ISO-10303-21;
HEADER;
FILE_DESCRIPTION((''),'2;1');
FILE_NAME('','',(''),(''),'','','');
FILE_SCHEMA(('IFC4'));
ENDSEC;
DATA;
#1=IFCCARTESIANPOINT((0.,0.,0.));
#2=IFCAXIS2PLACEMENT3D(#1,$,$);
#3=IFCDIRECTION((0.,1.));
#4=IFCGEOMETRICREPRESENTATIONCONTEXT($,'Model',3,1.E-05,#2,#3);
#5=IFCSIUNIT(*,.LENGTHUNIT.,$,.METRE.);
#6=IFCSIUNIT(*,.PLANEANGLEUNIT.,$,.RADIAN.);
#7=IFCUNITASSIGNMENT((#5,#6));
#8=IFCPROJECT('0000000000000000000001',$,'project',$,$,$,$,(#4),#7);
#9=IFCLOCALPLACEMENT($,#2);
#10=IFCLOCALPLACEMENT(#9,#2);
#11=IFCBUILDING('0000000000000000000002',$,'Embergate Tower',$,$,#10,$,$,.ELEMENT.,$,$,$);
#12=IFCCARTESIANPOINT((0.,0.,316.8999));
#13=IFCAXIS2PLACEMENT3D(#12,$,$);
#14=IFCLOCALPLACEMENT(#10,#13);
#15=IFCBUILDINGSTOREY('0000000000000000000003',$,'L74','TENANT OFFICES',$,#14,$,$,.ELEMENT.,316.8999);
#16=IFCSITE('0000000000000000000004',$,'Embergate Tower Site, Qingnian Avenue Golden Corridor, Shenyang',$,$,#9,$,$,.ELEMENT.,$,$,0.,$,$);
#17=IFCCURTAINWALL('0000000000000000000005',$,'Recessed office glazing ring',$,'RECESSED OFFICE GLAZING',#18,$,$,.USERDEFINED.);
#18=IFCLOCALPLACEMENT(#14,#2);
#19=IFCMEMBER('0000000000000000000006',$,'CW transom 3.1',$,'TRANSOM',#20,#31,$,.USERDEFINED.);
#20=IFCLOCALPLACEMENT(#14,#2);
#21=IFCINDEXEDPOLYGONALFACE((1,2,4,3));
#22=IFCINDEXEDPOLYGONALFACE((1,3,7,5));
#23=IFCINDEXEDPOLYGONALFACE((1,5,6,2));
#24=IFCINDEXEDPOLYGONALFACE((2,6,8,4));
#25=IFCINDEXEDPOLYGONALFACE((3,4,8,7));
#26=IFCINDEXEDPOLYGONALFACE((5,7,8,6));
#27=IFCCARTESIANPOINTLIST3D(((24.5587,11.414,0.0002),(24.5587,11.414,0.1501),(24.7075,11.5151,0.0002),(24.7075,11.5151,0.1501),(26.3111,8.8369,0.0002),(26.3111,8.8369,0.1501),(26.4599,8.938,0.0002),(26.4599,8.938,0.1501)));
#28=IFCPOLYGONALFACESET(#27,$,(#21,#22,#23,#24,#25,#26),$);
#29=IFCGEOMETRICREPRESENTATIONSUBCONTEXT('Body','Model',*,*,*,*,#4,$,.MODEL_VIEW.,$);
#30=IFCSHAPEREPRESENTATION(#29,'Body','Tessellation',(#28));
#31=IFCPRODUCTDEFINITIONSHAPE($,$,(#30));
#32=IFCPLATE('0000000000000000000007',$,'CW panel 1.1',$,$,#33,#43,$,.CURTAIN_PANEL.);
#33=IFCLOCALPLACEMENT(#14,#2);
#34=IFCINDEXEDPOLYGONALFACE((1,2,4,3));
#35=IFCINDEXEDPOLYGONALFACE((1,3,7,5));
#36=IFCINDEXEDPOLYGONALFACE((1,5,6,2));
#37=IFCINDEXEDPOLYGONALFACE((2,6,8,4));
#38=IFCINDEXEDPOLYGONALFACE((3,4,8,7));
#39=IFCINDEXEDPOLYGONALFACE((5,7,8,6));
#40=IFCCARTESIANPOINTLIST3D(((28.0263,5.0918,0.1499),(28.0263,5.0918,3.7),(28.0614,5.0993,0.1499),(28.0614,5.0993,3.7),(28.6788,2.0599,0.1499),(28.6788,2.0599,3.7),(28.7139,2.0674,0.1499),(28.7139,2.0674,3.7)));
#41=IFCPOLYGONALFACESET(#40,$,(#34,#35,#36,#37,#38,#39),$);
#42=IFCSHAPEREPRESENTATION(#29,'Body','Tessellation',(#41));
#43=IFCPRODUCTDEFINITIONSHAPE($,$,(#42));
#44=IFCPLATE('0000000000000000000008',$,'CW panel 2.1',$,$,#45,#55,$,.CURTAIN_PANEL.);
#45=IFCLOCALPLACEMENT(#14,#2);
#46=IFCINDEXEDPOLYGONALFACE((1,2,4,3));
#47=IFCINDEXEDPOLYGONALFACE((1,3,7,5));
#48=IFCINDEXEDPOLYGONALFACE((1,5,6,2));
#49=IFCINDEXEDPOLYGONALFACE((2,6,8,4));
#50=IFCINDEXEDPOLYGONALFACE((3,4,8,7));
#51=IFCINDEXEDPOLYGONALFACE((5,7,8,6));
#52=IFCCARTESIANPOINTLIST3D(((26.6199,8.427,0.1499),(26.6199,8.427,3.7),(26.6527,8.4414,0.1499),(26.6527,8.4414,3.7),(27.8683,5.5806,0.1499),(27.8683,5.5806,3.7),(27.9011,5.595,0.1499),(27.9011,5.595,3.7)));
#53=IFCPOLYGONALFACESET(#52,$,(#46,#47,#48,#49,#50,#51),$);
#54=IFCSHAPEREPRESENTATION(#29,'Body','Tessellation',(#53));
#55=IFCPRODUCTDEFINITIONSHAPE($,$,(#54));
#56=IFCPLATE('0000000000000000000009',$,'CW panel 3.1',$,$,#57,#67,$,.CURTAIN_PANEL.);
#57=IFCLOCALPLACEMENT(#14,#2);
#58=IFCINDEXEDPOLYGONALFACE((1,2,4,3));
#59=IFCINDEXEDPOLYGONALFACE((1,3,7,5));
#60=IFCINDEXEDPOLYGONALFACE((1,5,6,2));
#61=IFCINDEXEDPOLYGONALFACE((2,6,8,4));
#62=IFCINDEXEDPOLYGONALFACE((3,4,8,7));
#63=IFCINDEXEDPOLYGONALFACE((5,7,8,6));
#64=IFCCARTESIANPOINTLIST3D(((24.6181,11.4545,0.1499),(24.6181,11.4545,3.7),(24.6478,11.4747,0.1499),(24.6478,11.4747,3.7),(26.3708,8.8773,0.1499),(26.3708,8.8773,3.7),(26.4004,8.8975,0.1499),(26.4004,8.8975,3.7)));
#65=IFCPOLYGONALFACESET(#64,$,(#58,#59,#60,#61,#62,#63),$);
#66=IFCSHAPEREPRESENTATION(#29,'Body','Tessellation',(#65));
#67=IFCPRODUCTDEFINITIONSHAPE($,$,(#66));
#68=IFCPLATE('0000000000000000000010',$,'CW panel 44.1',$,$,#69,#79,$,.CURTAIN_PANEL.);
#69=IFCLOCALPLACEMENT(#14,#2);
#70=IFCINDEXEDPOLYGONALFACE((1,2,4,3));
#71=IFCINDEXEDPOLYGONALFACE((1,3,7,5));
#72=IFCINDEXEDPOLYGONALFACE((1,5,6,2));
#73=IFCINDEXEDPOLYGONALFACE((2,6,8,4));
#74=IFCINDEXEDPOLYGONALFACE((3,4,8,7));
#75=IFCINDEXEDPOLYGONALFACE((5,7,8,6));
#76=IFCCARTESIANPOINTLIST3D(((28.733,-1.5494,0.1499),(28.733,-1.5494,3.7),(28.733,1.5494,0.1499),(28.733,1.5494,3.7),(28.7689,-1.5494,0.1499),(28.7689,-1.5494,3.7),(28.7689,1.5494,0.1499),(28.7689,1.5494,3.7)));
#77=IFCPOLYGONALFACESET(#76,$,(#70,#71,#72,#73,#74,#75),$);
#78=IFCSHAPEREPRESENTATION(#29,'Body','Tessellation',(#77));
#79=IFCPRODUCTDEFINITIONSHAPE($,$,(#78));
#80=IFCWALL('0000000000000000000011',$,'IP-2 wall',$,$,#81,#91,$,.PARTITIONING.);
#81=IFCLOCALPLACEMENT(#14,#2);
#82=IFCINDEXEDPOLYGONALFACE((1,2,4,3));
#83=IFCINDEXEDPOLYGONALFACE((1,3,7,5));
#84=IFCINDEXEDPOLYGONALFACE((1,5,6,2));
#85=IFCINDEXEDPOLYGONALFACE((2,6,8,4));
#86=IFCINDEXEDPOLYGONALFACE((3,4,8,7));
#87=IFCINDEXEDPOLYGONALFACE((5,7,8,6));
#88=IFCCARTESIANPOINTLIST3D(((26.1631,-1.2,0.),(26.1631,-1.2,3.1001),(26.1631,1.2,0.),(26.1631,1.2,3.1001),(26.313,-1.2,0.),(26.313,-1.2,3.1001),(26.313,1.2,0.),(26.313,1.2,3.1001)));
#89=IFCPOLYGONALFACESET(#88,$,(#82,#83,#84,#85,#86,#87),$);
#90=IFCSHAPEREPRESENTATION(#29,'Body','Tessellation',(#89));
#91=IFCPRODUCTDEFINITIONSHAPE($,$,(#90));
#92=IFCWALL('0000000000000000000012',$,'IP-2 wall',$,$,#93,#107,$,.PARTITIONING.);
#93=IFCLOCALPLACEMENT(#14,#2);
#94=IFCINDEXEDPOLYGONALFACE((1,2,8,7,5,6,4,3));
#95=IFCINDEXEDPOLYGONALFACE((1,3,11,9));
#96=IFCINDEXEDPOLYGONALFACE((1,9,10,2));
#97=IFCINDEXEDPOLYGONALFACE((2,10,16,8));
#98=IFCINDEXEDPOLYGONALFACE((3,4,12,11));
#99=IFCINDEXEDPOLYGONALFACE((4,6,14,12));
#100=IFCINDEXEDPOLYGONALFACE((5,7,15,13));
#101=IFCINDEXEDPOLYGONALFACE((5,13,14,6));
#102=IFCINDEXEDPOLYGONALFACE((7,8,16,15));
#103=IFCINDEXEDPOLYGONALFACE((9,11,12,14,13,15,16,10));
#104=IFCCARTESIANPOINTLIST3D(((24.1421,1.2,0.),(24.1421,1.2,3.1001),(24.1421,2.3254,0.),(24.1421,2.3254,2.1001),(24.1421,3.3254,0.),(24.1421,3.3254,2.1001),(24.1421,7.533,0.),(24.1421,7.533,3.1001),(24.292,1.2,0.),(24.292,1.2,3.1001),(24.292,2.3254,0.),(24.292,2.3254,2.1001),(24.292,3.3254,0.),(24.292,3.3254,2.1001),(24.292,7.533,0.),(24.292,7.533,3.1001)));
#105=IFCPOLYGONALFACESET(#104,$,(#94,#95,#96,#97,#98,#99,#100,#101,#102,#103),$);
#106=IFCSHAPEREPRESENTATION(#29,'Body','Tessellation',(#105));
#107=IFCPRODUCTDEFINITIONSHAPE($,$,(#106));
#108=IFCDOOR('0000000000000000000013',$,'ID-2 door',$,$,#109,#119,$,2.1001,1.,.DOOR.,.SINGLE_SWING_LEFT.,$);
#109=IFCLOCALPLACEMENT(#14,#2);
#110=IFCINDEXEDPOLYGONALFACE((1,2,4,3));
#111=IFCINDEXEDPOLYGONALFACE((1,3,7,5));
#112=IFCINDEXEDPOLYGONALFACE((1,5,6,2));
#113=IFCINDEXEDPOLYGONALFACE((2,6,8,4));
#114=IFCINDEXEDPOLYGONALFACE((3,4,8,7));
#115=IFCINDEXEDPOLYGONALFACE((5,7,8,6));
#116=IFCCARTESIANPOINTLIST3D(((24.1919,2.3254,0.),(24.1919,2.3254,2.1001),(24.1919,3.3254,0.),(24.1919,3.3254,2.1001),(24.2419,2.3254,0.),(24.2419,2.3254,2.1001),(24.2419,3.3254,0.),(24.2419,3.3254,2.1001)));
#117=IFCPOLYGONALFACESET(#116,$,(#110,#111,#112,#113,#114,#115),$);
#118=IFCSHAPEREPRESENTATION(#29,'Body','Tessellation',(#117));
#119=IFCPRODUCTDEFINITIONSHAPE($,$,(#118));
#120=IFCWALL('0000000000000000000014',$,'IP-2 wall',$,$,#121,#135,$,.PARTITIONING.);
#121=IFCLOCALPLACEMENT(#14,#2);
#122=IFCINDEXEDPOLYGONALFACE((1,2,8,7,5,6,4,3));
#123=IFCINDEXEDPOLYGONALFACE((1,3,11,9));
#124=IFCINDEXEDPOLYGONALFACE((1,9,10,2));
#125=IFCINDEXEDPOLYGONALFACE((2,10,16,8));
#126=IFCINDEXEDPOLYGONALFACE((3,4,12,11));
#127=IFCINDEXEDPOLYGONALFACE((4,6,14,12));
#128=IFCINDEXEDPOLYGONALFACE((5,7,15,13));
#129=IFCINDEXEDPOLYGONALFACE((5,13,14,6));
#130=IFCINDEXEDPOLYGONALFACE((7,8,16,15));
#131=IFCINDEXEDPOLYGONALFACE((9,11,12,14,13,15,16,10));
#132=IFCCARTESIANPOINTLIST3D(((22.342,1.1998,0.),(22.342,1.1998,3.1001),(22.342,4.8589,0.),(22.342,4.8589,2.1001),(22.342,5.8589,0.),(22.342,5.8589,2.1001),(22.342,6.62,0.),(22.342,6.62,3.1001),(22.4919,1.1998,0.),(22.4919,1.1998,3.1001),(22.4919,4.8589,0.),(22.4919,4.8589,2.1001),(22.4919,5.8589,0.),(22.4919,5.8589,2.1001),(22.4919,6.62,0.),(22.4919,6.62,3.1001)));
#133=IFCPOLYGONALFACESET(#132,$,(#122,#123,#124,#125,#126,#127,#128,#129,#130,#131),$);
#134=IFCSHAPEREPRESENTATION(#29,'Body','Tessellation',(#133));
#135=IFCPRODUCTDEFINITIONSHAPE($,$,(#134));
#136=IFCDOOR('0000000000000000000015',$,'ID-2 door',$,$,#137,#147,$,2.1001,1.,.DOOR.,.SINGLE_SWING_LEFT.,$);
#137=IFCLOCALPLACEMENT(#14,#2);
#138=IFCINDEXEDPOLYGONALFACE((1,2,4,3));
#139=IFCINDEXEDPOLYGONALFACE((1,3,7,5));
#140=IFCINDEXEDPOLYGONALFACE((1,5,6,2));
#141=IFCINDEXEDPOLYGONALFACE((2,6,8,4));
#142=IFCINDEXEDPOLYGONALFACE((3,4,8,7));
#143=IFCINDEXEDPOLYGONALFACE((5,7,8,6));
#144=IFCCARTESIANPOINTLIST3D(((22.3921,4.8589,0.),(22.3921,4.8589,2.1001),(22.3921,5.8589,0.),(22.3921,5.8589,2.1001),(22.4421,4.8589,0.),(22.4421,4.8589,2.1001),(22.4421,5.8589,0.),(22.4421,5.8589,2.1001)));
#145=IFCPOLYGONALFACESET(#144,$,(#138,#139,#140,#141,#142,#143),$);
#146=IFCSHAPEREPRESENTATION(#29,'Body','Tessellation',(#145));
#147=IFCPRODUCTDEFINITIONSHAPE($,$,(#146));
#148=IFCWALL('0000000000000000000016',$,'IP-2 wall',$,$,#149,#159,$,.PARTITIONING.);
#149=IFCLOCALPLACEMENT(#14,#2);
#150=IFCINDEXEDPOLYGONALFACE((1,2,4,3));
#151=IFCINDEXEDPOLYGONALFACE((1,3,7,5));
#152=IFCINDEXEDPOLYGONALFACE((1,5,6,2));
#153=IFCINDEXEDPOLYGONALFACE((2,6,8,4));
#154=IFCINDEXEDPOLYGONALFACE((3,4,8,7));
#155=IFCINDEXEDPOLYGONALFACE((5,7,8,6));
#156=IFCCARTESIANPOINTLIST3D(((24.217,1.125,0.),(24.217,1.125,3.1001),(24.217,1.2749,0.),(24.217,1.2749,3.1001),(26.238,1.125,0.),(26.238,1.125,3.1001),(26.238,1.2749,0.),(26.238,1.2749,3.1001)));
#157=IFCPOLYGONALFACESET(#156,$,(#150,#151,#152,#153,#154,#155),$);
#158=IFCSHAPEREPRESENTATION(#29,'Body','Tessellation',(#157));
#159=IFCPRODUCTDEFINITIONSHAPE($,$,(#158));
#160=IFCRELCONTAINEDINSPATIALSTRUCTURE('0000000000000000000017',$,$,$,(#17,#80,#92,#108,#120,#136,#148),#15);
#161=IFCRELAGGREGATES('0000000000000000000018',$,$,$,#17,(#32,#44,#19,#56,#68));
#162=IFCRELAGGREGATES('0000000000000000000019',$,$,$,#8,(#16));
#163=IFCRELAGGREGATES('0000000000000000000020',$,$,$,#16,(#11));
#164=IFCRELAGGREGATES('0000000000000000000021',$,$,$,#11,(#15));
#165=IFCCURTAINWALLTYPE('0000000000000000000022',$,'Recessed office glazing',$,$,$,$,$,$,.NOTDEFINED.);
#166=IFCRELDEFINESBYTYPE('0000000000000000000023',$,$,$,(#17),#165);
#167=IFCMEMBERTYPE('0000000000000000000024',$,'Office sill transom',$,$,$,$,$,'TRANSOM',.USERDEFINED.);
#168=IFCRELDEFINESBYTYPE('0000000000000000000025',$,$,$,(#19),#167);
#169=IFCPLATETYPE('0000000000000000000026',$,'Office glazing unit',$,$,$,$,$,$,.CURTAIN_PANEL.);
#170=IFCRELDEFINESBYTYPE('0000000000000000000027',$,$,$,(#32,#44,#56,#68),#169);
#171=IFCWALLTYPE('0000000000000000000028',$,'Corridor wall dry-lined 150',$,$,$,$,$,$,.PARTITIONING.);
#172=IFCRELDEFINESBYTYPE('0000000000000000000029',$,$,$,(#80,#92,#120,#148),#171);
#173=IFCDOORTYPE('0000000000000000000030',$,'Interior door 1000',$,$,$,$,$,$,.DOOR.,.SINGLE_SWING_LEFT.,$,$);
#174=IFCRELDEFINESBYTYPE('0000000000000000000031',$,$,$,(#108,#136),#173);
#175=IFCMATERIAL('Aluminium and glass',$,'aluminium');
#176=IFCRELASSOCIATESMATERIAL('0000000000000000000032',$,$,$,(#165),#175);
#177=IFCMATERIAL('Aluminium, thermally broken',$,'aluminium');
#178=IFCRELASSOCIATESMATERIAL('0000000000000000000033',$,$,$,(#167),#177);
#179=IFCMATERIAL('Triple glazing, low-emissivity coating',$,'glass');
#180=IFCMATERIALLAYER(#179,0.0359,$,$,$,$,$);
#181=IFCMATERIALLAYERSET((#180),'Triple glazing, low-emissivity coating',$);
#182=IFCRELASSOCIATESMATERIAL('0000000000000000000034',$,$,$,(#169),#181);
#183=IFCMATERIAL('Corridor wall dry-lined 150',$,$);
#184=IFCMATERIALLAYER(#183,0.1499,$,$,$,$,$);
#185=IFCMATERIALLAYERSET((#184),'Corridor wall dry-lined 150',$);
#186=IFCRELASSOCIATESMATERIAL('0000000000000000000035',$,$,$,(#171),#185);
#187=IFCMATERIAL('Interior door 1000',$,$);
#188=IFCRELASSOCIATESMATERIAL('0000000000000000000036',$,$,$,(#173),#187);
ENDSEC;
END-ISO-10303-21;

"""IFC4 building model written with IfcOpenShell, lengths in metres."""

from ifc_helpers import new_model, si_unit, direction, frame, frame_2d, origin, origin_2d, place, context, subcontext, project, spatial, rectangle, extrude, source, transform, mapped, material, layer, layer_set, material_profile, profile_set, type_object, element, fill, aggregate, save


model = new_model("IFC4")

# Units and contexts
model_context = context("Model", 3, precision=1e-05, world=origin(), true_north=direction((0.0, 1.0)))
body_context = subcontext(model_context, "Body", "Model", "MODEL_VIEW")
ifc_project = project(units=[si_unit("LENGTHUNIT", "METRE"), si_unit("PLANEANGLEUNIT", "RADIAN")], contexts=[model_context])

# Site, building, storey
site_placement = place(None, origin())
site = spatial("IfcSite", under=ifc_project, at=site_placement, Name="Embergate Tower Site, Qingnian Avenue Golden Corridor, Shenyang", CompositionType="ELEMENT", RefElevation=0.0)
building_placement = place(site_placement, origin())
building = spatial("IfcBuilding", under=site, at=building_placement, Name="Embergate Tower", CompositionType="ELEMENT")
storey_placement = place(building_placement, frame((0.0, 0.0, 316.8999)))
storey = spatial("IfcBuildingStorey", under=building, at=storey_placement, Name="L74", Description="TENANT OFFICES", CompositionType="ELEMENT", Elevation=316.8999)

# Curtain wall, member, plates
ifc_material_1 = material(Name="Aluminium and glass", Category="aluminium")
curtain_wall_type = type_object("IfcCurtainWallType", Name="Recessed office glazing", PredefinedType="NOTDEFINED", material=ifc_material_1)
curtain_wall_placement = place(storey_placement, origin())
curtain_wall = element("IfcCurtainWall", 1, at=curtain_wall_placement, inside=storey, type_object=curtain_wall_type, Name="Recessed office glazing ring", ObjectType="RECESSED OFFICE GLAZING", PredefinedType="USERDEFINED")
ifc_material_2 = material(Name="Aluminium, thermally broken", Category="aluminium")
ifc_material_profile_1 = material_profile(ifc_material_2, rectangle(XDim=0.1799, YDim=0.1499, at=origin_2d()), Name="AL 150x180")
ifc_profile_set_1 = profile_set([ifc_material_profile_1], Name="Aluminium, thermally broken")
member_type_1 = type_object("IfcMemberType", Name="Office sill transom", ElementType="TRANSOM", PredefinedType="USERDEFINED", material=ifc_profile_set_1)
shared_shape_1 = source(origin(), body_context, "Body", "SweptSolid", [
    extrude(rectangle(XDim=0.1799, YDim=0.1499, at=origin_2d()), origin(), (0.0, 0.0, 1.0), 3.1165),
])
member_1_placement = place(storey_placement, frame((26.3855, 8.8875, 0.0752), z_axis=(-0.562306, 0.826929, 0.0), x_axis=(-0.826929, -0.562306, 0.0)))
member_1 = element("IfcMember", 2, at=member_1_placement, type_object=member_type_1, Name="CW transom 3.1", ObjectType="TRANSOM", PredefinedType="USERDEFINED", context=body_context, shape_type="MappedRepresentation", body=[
    mapped(shared_shape_1, transform((0.0, 0.0, 0.0))),
])
ifc_material_3 = material(Name="Triple glazing, low-emissivity coating", Category="glass")
ifc_layer_1 = layer(ifc_material_3, 0.0359)
ifc_layer_set_1 = layer_set([ifc_layer_1], Name="Triple glazing, low-emissivity coating")
plate_type = type_object("IfcPlateType", Name="Office glazing unit", PredefinedType="CURTAIN_PANEL", material=ifc_layer_set_1)
shared_shape_2 = source(origin(), body_context, "Body", "SweptSolid", [
    extrude(rectangle(XDim=3.1013, YDim=0.0359, at=origin_2d()), origin(), (0.0, 0.0, 1.0), 3.55),
])
plate_1_placement = place(storey_placement, frame((28.3701, 3.5796, 0.1499), z_axis=(0.0, 0.0, 1.0), x_axis=(-0.2104, 0.977615, 0.0)))
plate_1 = element("IfcPlate", 3, at=plate_1_placement, type_object=plate_type, Name="CW panel 1.1", PredefinedType="CURTAIN_PANEL", context=body_context, shape_type="MappedRepresentation", body=[
    mapped(shared_shape_2, transform((0.0, 0.0, 0.0))),
])
shared_shape_3 = source(origin(), body_context, "Body", "SweptSolid", [
    extrude(rectangle(XDim=3.1082, YDim=0.0359, at=origin_2d()), origin(), (0.0, 0.0, 1.0), 3.55),
])
plate_2_placement = place(storey_placement, frame((27.2605, 7.011, 0.1499), z_axis=(0.0, 0.0, 1.0), x_axis=(-0.401654, 0.915792, 0.0)))
plate_2 = element("IfcPlate", 4, at=plate_2_placement, type_object=plate_type, Name="CW panel 2.1", PredefinedType="CURTAIN_PANEL", context=body_context, shape_type="MappedRepresentation", body=[
    mapped(shared_shape_3, transform((0.0, 0.0, 0.0))),
])
shared_shape_4 = source(origin(), body_context, "Body", "SweptSolid", [
    extrude(rectangle(XDim=3.1167, YDim=0.0359, at=origin_2d()), origin(), (0.0, 0.0, 1.0), 3.55),
])
plate_3_placement = place(storey_placement, frame((25.5093, 10.176, 0.1499), z_axis=(0.0, 0.0, 1.0), x_axis=(-0.562343, 0.826904, 0.0)))
plate_3 = element("IfcPlate", 5, at=plate_3_placement, type_object=plate_type, Name="CW panel 3.1", PredefinedType="CURTAIN_PANEL", context=body_context, shape_type="MappedRepresentation", body=[
    mapped(shared_shape_4, transform((0.0, 0.0, 0.0))),
])
shared_shape_5 = source(origin(), body_context, "Body", "SweptSolid", [
    extrude(rectangle(XDim=3.0989, YDim=0.0359, at=origin_2d()), origin(), (0.0, 0.0, 1.0), 3.55),
])
plate_4_placement = place(storey_placement, frame((28.751, 0.0, 0.1499), z_axis=(0.0, 0.0, 1.0), x_axis=(0.0, 1.0, 0.0)))
plate_4 = element("IfcPlate", 6, at=plate_4_placement, type_object=plate_type, Name="CW panel 44.1", PredefinedType="CURTAIN_PANEL", context=body_context, shape_type="MappedRepresentation", body=[
    mapped(shared_shape_5, transform((0.0, 0.0, 0.0))),
])
aggregate(curtain_wall, [plate_1, plate_2, member_1, plate_3, plate_4])

# Wall
ifc_material_4 = material(Name="Corridor wall dry-lined 150")
ifc_layer_2 = layer(ifc_material_4, 0.1499)
ifc_layer_set_2 = layer_set([ifc_layer_2], Name="Corridor wall dry-lined 150")
wall_type_1 = type_object("IfcWallType", Name="Corridor wall dry-lined 150", PredefinedType="PARTITIONING", material=ifc_layer_set_2)
shared_shape_6 = source(origin(), body_context, "Body", "SweptSolid", [
    extrude(rectangle(XDim=2.3999, YDim=0.1499, at=frame_2d((1.2, 0.0))), origin(), (0.0, 0.0, 1.0), 3.1001),
])
wall_1_placement = place(storey_placement, frame((26.238, 1.2, 0.0), z_axis=(0.0, 0.0, 1.0), x_axis=(0.0, -1.0, 0.0)))
element("IfcWall", 7, at=wall_1_placement, inside=storey, type_object=wall_type_1, Name="IP-2 wall", PredefinedType="PARTITIONING", context=body_context, shape_type="MappedRepresentation", body=[
    mapped(shared_shape_6, transform((0.0, 0.0, 0.0))),
])

# Walls, openings, doors
shared_shape_7 = source(origin(), body_context, "Body", "SweptSolid", [
    extrude(rectangle(XDim=6.333, YDim=0.1499, at=frame_2d((3.1665, 0.0))), origin(), (0.0, 0.0, 1.0), 3.1001),
])
wall_2_placement = place(storey_placement, frame((24.217, 7.533, 0.0), z_axis=(0.0, 0.0, 1.0), x_axis=(0.0, -1.0, 0.0)))
wall_2 = element("IfcWall", 8, at=wall_2_placement, inside=storey, type_object=wall_type_1, Name="IP-2 wall", PredefinedType="PARTITIONING", context=body_context, shape_type="MappedRepresentation", body=[
    mapped(shared_shape_7, transform((0.0, 0.0, 0.0))),
])
shared_shape_8 = source(origin(), body_context, "Body", "SweptSolid", [
    extrude(rectangle(XDim=1.0, YDim=2.1001, at=frame_2d((0.5, 1.05))), frame((0.0, 0.085, 0.0), z_axis=(0.0, -1.0, 0.0), x_axis=(1.0, 0.0, 0.0)), (0.0, 0.0, 1.0), 0.1699),
])
opening_1_placement = place(wall_2_placement, frame((4.2075, 0.0, 0.0)))
opening_1 = element("IfcOpeningElement", 9, at=opening_1_placement, cuts=wall_2, PredefinedType="OPENING", context=body_context, shape_type="MappedRepresentation", body=[
    mapped(shared_shape_8, transform((0.0, 0.0, 0.0))),
])
ifc_material_5 = material(Name="Interior door 1000")
door_type = type_object("IfcDoorType", Name="Interior door 1000", OperationType="SINGLE_SWING_LEFT", PredefinedType="DOOR", material=ifc_material_5)
shared_shape_9 = source(origin(), body_context, "Body", "SweptSolid", [
    extrude(rectangle(XDim=1.0, YDim=2.1001, at=frame_2d((0.5, 1.05))), frame((0.0, 0.0249, 0.0), z_axis=(0.0, -1.0, 0.0), x_axis=(1.0, 0.0, 0.0)), (0.0, 0.0, 1.0), 0.05),
])
door_1_placement = place(opening_1_placement, origin())
door_1 = element("IfcDoor", 10, at=door_1_placement, inside=storey, type_object=door_type, Name="ID-2 door", OperationType="SINGLE_SWING_LEFT", OverallHeight=2.1001, OverallWidth=1.0, PredefinedType="DOOR", context=body_context, shape_type="MappedRepresentation", body=[
    mapped(shared_shape_9, transform((0.0, 0.0, 0.0))),
])
fill(opening_1, door_1)
shared_shape_10 = source(origin(), body_context, "Body", "SweptSolid", [
    extrude(rectangle(XDim=5.4202, YDim=0.1499, at=frame_2d((2.71, 0.0))), origin(), (0.0, 0.0, 1.0), 3.1001),
])
wall_3_placement = place(storey_placement, frame((22.417, 1.2, 0.0), z_axis=(0.0, 0.0, 1.0), x_axis=(0.0, 1.0, 0.0)))
wall_3 = element("IfcWall", 11, at=wall_3_placement, inside=storey, type_object=wall_type_1, Name="IP-2 wall", PredefinedType="PARTITIONING", context=body_context, shape_type="MappedRepresentation", body=[
    mapped(shared_shape_10, transform((0.0, 0.0, 0.0))),
])
opening_2_placement = place(wall_3_placement, frame((3.6589, 0.0, 0.0)))
opening_2 = element("IfcOpeningElement", 12, at=opening_2_placement, cuts=wall_3, PredefinedType="OPENING", context=body_context, shape_type="MappedRepresentation", body=[
    mapped(shared_shape_8, transform((0.0, 0.0, 0.0))),
])
door_2_placement = place(opening_2_placement, origin())
door_2 = element("IfcDoor", 13, at=door_2_placement, inside=storey, type_object=door_type, Name="ID-2 door", OperationType="SINGLE_SWING_LEFT", OverallHeight=2.1001, OverallWidth=1.0, PredefinedType="DOOR", context=body_context, shape_type="MappedRepresentation", body=[
    mapped(shared_shape_9, transform((0.0, 0.0, 0.0))),
])
fill(opening_2, door_2)

# Wall
shared_shape_11 = source(origin(), body_context, "Body", "SweptSolid", [
    extrude(rectangle(XDim=2.021, YDim=0.1499, at=frame_2d((1.0105, 0.0))), origin(), (0.0, 0.0, 1.0), 3.1001),
])
wall_4_placement = place(storey_placement, frame((24.217, 1.2, 0.0), z_axis=(0.0, 0.0, 1.0), x_axis=(1.0, 0.0, 0.0)))
element("IfcWall", 14, at=wall_4_placement, inside=storey, type_object=wall_type_1, Name="IP-2 wall", PredefinedType="PARTITIONING", context=body_context, shape_type="MappedRepresentation", body=[
    mapped(shared_shape_11, transform((0.0, 0.0, 0.0))),
])

save(model, "model.ifc")
